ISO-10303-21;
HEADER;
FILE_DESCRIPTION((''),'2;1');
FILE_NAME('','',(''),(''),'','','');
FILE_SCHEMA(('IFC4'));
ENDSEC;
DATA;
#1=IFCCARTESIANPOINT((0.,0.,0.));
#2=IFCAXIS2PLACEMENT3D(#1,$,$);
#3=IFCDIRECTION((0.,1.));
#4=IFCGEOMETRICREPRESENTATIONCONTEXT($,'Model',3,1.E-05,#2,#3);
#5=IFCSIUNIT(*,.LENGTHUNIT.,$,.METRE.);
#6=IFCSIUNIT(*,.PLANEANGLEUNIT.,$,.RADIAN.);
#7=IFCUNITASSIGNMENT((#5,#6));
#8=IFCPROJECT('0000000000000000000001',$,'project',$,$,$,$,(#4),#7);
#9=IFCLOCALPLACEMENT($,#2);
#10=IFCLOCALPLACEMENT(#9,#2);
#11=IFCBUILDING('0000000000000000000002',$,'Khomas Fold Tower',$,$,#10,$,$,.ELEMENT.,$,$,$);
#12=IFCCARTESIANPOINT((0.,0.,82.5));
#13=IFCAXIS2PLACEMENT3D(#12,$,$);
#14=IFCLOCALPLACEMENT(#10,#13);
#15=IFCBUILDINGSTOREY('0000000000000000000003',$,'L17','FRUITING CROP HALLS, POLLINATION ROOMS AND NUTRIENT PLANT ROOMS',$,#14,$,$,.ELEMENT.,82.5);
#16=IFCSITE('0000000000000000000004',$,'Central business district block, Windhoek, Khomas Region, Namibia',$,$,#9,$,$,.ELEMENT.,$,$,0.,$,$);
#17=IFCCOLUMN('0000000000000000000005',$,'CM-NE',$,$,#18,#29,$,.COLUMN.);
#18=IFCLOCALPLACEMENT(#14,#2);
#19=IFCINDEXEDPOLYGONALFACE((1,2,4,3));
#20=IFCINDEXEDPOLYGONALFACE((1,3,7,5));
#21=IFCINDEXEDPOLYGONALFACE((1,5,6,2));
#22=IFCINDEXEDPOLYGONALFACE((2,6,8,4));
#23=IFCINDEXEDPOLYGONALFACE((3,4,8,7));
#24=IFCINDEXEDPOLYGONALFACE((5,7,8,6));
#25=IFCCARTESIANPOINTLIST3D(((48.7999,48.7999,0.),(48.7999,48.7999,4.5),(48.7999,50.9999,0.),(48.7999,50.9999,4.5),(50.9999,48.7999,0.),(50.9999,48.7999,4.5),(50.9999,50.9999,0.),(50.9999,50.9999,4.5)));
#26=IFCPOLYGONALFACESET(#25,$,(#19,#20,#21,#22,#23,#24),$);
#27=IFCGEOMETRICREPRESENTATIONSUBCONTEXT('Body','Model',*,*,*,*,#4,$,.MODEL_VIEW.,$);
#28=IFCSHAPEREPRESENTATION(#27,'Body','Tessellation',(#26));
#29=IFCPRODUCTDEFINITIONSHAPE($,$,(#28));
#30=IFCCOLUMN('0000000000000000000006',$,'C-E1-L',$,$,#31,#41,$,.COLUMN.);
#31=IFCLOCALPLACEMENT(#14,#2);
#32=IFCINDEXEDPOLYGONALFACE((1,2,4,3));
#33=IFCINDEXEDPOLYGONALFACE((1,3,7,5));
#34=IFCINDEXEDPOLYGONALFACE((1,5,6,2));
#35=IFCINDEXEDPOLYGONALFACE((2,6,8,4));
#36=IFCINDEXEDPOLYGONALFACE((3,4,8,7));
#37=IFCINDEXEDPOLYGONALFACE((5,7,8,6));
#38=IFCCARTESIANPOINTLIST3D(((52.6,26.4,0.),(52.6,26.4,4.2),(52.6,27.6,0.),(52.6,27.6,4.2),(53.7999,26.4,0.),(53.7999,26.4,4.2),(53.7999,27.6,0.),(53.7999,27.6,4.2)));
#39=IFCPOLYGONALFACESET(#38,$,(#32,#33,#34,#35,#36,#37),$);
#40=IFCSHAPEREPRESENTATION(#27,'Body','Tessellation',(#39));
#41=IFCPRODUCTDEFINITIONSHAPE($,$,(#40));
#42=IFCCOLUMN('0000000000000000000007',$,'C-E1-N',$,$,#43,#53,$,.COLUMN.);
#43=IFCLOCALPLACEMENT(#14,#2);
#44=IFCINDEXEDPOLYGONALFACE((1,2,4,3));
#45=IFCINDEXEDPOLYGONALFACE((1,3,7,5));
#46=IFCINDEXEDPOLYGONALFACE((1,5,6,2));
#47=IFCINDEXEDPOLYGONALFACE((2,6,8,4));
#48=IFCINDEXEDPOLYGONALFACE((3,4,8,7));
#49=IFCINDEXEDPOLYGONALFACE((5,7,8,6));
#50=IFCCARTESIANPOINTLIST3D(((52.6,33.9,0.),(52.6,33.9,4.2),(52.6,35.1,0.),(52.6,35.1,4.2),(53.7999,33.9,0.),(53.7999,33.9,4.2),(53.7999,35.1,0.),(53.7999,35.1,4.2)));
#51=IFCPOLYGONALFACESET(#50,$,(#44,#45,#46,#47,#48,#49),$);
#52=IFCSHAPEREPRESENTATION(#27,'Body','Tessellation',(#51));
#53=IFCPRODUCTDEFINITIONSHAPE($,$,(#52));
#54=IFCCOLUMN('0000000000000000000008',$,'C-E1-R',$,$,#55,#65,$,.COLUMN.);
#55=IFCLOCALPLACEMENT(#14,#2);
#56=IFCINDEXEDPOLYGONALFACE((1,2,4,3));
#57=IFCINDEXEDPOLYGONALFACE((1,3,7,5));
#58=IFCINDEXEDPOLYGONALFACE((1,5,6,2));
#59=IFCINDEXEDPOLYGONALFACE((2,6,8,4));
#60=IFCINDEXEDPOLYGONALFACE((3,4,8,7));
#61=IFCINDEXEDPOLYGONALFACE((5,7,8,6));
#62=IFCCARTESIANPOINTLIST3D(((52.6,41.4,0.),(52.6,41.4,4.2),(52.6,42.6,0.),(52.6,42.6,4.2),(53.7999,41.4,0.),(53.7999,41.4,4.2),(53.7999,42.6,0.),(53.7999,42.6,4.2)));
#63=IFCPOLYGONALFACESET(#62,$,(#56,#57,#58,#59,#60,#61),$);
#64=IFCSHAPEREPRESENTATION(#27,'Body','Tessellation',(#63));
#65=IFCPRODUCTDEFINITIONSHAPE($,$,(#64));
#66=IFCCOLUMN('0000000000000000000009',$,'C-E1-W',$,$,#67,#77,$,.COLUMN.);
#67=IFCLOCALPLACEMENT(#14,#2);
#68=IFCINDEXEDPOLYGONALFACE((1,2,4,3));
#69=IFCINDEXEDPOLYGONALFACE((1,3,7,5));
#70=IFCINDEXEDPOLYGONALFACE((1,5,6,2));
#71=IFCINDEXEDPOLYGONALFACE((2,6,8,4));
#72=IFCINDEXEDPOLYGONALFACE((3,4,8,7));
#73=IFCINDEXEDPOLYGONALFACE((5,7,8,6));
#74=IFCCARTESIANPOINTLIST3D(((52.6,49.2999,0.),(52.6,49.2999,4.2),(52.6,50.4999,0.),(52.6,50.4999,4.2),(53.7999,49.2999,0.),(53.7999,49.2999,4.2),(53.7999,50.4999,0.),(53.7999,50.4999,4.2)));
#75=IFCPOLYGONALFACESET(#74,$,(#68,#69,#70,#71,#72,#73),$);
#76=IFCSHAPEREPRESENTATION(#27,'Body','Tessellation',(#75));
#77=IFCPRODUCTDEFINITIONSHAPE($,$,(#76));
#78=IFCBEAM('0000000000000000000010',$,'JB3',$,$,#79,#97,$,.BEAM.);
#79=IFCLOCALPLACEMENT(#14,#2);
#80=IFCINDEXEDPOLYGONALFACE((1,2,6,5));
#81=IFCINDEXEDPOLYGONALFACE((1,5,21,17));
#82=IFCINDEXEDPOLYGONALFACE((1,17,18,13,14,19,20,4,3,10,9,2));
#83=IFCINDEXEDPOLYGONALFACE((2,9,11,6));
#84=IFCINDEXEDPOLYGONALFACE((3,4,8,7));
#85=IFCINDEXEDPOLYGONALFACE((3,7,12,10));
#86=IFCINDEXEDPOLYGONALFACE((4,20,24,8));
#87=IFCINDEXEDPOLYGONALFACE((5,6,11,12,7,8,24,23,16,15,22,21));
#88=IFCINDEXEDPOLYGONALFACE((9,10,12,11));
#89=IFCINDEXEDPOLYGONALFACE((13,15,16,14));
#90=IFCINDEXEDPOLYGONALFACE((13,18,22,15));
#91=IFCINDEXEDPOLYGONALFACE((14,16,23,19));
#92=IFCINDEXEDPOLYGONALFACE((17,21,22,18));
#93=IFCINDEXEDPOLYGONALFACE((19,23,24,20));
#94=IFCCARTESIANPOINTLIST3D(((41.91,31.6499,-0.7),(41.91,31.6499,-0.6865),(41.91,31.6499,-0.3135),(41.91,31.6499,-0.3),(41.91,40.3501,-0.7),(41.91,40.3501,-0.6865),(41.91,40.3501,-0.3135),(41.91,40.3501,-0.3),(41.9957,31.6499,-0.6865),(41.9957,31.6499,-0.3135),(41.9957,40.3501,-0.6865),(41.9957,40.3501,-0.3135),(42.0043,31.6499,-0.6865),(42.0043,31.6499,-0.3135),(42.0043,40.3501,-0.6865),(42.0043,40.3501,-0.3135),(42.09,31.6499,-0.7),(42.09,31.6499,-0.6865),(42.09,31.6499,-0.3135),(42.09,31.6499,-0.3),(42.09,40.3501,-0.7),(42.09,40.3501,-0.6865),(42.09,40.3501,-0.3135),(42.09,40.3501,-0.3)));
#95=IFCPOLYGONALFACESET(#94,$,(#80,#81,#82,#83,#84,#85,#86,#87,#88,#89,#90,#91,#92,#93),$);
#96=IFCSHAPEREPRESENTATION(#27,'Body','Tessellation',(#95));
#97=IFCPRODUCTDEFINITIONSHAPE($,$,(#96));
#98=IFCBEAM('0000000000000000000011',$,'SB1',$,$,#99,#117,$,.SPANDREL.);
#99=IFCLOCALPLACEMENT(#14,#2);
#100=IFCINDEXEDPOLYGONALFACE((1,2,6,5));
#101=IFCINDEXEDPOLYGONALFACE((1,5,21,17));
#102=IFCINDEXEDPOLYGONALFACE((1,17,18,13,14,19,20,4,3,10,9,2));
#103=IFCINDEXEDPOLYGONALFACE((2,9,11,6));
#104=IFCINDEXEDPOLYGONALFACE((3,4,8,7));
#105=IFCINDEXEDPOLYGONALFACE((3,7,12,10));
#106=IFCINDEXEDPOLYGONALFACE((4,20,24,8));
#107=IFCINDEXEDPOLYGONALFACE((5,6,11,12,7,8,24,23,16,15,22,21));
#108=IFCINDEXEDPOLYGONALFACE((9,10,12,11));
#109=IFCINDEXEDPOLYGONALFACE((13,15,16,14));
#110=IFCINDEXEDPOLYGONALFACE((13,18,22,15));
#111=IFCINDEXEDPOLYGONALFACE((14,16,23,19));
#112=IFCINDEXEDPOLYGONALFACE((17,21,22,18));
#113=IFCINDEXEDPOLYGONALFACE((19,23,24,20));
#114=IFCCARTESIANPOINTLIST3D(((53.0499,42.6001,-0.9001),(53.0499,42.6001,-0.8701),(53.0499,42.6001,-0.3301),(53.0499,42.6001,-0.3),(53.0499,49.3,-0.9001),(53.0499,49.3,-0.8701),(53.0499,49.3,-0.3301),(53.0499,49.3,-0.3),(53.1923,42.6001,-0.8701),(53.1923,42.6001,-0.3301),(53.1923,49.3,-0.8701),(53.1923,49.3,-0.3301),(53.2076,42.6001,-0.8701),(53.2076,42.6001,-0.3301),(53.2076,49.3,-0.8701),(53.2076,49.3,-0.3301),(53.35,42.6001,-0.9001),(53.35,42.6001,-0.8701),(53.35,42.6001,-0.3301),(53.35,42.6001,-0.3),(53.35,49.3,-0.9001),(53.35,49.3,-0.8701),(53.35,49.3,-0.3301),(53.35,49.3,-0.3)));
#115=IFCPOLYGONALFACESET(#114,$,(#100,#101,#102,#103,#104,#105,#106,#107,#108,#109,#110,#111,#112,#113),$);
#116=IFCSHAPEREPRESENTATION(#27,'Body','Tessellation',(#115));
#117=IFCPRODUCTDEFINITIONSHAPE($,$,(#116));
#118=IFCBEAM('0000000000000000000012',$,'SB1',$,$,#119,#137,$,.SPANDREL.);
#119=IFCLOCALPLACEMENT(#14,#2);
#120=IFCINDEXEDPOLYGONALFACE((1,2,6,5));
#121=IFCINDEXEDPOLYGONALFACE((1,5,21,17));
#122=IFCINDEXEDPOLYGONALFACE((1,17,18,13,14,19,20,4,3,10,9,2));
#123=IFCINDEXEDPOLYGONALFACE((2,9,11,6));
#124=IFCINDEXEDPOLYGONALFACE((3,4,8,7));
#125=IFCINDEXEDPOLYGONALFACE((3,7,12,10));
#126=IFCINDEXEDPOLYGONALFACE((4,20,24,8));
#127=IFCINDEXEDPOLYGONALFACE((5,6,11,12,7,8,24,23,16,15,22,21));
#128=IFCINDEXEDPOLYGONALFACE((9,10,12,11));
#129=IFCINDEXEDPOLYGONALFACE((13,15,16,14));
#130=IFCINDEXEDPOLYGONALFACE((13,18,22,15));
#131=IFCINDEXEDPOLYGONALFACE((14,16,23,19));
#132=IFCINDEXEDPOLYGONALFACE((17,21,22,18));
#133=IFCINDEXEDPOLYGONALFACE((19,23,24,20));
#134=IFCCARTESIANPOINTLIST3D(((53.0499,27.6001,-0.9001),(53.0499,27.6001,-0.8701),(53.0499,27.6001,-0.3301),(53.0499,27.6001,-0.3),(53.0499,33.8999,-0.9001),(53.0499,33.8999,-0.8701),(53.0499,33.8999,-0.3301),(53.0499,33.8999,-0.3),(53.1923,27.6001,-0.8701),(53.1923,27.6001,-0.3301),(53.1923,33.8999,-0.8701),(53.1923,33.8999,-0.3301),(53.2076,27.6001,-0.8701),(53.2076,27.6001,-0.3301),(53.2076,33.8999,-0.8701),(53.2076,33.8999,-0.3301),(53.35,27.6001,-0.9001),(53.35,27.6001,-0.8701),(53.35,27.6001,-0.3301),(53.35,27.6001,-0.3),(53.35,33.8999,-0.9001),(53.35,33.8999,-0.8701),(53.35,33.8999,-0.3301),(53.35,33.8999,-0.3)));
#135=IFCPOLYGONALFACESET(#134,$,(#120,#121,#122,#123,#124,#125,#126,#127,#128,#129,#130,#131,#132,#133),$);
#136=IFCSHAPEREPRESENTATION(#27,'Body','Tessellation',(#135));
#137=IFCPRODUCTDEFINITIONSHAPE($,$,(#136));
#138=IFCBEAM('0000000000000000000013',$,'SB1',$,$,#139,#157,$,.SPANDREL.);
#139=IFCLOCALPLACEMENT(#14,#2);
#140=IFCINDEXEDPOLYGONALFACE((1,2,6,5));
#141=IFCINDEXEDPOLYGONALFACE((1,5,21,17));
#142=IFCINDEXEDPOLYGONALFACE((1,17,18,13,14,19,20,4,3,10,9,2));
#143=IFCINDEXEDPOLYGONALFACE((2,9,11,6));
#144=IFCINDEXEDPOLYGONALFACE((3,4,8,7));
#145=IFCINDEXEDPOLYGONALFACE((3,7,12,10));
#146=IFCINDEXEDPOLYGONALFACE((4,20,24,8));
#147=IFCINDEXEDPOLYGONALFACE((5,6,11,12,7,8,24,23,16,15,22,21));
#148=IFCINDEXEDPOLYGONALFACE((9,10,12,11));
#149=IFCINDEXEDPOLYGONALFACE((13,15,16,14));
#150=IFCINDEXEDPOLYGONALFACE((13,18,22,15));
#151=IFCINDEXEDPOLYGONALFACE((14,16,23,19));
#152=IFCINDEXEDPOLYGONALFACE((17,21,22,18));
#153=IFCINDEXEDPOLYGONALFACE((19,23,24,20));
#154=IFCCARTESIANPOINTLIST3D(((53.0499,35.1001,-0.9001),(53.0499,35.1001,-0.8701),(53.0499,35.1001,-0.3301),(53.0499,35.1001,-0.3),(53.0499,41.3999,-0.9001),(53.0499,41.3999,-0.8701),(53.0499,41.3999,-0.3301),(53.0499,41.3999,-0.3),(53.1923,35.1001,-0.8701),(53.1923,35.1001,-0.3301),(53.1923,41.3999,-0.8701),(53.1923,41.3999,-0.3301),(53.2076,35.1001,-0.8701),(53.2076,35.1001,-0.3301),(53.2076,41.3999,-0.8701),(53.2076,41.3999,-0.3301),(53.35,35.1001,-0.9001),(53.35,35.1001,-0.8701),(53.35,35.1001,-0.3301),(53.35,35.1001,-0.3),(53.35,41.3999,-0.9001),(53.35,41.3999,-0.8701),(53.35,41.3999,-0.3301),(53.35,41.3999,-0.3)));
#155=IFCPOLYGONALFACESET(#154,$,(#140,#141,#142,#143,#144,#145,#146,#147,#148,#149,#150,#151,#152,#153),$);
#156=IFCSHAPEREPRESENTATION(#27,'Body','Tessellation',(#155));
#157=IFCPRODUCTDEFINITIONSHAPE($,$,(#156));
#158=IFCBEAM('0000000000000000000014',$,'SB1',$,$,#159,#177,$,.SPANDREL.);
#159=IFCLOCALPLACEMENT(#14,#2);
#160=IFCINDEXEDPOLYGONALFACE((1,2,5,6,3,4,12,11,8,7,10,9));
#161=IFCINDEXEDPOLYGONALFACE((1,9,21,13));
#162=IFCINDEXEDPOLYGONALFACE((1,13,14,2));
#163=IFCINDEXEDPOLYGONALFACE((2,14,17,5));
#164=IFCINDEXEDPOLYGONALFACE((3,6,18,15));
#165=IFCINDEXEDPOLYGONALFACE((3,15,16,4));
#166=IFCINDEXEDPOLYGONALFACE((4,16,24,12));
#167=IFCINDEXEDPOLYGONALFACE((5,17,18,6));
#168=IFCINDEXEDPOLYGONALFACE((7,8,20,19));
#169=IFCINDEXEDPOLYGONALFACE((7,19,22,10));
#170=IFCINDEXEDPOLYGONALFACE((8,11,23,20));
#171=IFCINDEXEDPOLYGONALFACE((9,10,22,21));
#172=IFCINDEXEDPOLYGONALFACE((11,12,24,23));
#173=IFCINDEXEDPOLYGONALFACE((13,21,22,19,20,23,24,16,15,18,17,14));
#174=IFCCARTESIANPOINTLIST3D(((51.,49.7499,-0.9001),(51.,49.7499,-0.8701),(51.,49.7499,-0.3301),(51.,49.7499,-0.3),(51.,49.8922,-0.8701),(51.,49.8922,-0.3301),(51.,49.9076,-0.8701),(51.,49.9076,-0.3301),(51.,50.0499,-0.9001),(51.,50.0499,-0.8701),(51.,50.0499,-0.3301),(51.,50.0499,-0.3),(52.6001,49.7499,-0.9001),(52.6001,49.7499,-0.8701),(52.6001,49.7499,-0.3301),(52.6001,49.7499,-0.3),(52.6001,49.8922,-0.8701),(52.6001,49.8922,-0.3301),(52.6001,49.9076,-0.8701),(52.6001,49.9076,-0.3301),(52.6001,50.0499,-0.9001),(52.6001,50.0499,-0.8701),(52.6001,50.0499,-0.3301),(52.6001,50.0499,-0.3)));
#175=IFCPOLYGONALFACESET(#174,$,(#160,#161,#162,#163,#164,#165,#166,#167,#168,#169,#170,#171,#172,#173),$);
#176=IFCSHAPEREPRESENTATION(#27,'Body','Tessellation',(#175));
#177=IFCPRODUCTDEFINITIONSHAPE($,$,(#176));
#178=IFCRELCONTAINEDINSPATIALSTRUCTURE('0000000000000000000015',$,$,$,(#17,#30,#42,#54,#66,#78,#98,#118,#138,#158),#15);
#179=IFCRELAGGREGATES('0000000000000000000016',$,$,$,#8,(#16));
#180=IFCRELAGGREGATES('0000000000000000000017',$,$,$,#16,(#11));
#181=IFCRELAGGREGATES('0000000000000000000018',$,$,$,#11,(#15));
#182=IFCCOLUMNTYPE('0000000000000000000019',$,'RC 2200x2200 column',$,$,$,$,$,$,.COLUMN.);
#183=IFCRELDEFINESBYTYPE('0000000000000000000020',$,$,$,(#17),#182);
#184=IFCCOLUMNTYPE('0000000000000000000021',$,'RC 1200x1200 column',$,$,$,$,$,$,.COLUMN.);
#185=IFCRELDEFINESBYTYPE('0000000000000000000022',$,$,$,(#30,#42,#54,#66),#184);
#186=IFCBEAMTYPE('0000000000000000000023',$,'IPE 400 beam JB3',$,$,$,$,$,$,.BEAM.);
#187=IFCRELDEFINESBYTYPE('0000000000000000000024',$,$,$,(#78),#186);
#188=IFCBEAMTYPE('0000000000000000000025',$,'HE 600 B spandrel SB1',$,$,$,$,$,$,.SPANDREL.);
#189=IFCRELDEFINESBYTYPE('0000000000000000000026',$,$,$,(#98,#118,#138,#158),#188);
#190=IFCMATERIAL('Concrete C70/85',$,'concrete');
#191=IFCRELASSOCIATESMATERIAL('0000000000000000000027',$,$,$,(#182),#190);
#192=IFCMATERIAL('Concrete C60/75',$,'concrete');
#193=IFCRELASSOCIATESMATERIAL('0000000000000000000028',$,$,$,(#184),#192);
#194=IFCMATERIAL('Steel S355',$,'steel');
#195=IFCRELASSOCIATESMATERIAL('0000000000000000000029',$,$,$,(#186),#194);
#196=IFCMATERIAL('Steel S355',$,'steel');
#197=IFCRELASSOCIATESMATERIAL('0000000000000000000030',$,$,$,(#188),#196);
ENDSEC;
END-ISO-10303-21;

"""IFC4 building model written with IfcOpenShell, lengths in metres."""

from ifc_helpers import new_model, si_unit, direction, frame, origin, origin_2d, place, context, subcontext, project, spatial, rectangle, i_section, extrude, source, transform, mapped, material, material_profile, profile_set, type_object, element, save


model = new_model("IFC4")

# Units and contexts
model_context = context("Model", 3, precision=1e-05, world=origin(), true_north=direction((0.0, 1.0)))
body_context = subcontext(model_context, "Body", "Model", "MODEL_VIEW")
ifc_project = project(units=[si_unit("LENGTHUNIT", "METRE"), si_unit("PLANEANGLEUNIT", "RADIAN")], contexts=[model_context])

# Site, building, storey
site_placement = place(None, origin())
site = spatial("IfcSite", under=ifc_project, at=site_placement, Name="Central business district block, Windhoek, Khomas Region, Namibia", CompositionType="ELEMENT", RefElevation=0.0)
building_placement = place(site_placement, origin())
building = spatial("IfcBuilding", under=site, at=building_placement, Name="Khomas Fold Tower", CompositionType="ELEMENT")
storey_placement = place(building_placement, frame((0.0, 0.0, 82.5)))
storey = spatial("IfcBuildingStorey", under=building, at=storey_placement, Name="L17", Description="FRUITING CROP HALLS, POLLINATION ROOMS AND NUTRIENT PLANT ROOMS", CompositionType="ELEMENT", Elevation=82.5)

# Columns
ifc_material_1 = material(Name="Concrete C70/85", Category="concrete")
ifc_material_profile_1 = material_profile(ifc_material_1, rectangle(XDim=2.2, YDim=2.2, at=origin_2d()), Name="RC 2200x2200")
ifc_profile_set_1 = profile_set([ifc_material_profile_1], Name="Concrete C70/85")
column_type_1 = type_object("IfcColumnType", Name="RC 2200x2200 column", PredefinedType="COLUMN", material=ifc_profile_set_1)
shared_shape_1 = source(origin(), body_context, "Body", "SweptSolid", [
    extrude(rectangle(XDim=2.2, YDim=2.2, at=origin_2d()), origin(), (0.0, 0.0, 1.0), 4.5),
])
column_placement = place(storey_placement, frame((49.8999, 49.8999, 0.0), z_axis=(0.0, 0.0, 1.0), x_axis=(1.0, 0.0, 0.0)))
element("IfcColumn", 1, at=column_placement, inside=storey, type_object=column_type_1, Name="CM-NE", PredefinedType="COLUMN", context=body_context, shape_type="MappedRepresentation", body=[
    mapped(shared_shape_1, transform((0.0, 0.0, 0.0))),
])
ifc_material_2 = material(Name="Concrete C60/75", Category="concrete")
ifc_material_profile_2 = material_profile(ifc_material_2, rectangle(XDim=1.2, YDim=1.2, at=origin_2d()), Name="RC 1200x1200")
ifc_profile_set_2 = profile_set([ifc_material_profile_2], Name="Concrete C60/75")
column_type_2 = type_object("IfcColumnType", Name="RC 1200x1200 column", PredefinedType="COLUMN", material=ifc_profile_set_2)
shared_shape_2 = source(origin(), body_context, "Body", "SweptSolid", [
    extrude(rectangle(XDim=1.2, YDim=1.2, at=origin_2d()), origin(), (0.0, 0.0, 1.0), 4.2),
])
for number, where, z_axis, x_axis, name in (
    (2, (53.2, 27.0, 0.0), (0.0, 0.0, 1.0), (1.0, 0.0, 0.0), "C-E1-L"),
    (3, (53.2, 34.5, 0.0), (0.0, 0.0, 1.0), (1.0, 0.0, 0.0), "C-E1-N"),
    (4, (53.2, 42.0, 0.0), (0.0, 0.0, 1.0), (1.0, 0.0, 0.0), "C-E1-R"),
    (5, (53.2, 49.8999, 0.0), (0.0, 0.0, 1.0), (1.0, 0.0, 0.0), "C-E1-W"),
):
    element("IfcColumn", number, at=place(storey_placement, frame(where, z_axis=z_axis, x_axis=x_axis)), inside=storey, type_object=column_type_2, Name=name, PredefinedType="COLUMN", context=body_context, shape_type="MappedRepresentation", body=[
        mapped(shared_shape_2, transform((0.0, 0.0, 0.0))),
    ])

# Beams
ifc_material_3 = material(Name="Steel S355", Category="steel")
ifc_material_profile_3 = material_profile(ifc_material_3, i_section(OverallWidth=0.1799, OverallDepth=0.3999, WebThickness=0.0085, FlangeThickness=0.0134, at=origin_2d()), Name="IPE 400")
ifc_profile_set_3 = profile_set([ifc_material_profile_3], Name="Steel S355")
beam_type_1 = type_object("IfcBeamType", Name="IPE 400 beam JB3", PredefinedType="BEAM", material=ifc_profile_set_3)
shared_shape_3 = source(origin(), body_context, "Body", "SweptSolid", [
    extrude(i_section(OverallWidth=0.1799, OverallDepth=0.3999, WebThickness=0.0085, FlangeThickness=0.0134, at=origin_2d()), origin(), (0.0, 0.0, 1.0), 8.7002),
])
beam_1_placement = place(storey_placement, frame((42.0, 31.6499, -0.5), z_axis=(0.0, 1.0, 0.0), x_axis=(-1.0, 0.0, 0.0)))
element("IfcBeam", 6, at=beam_1_placement, inside=storey, type_object=beam_type_1, Name="JB3", PredefinedType="BEAM", context=body_context, shape_type="MappedRepresentation", body=[
    mapped(shared_shape_3, transform((0.0, 0.0, 0.0))),
])
ifc_material_4 = material(Name="Steel S355", Category="steel")
ifc_material_profile_4 = material_profile(ifc_material_4, i_section(OverallWidth=0.3, OverallDepth=0.6001, WebThickness=0.0154, FlangeThickness=0.03, at=origin_2d()), Name="HE 600 B")
ifc_profile_set_4 = profile_set([ifc_material_profile_4], Name="Steel S355")
beam_type_2 = type_object("IfcBeamType", Name="HE 600 B spandrel SB1", PredefinedType="SPANDREL", material=ifc_profile_set_4)
shared_shape_4 = source(origin(), body_context, "Body", "SweptSolid", [
    extrude(i_section(OverallWidth=0.3, OverallDepth=0.6001, WebThickness=0.0154, FlangeThickness=0.03, at=origin_2d()), origin(), (0.0, 0.0, 1.0), 6.7),
])
beam_2_placement = place(storey_placement, frame((53.2, 42.6001, -0.6001), z_axis=(0.0, 1.0, 0.0), x_axis=(-1.0, 0.0, 0.0)))
element("IfcBeam", 7, at=beam_2_placement, inside=storey, type_object=beam_type_2, Name="SB1", PredefinedType="SPANDREL", context=body_context, shape_type="MappedRepresentation", body=[
    mapped(shared_shape_4, transform((0.0, 0.0, 0.0))),
])
shared_shape_5 = source(origin(), body_context, "Body", "SweptSolid", [
    extrude(i_section(OverallWidth=0.3, OverallDepth=0.6001, WebThickness=0.0154, FlangeThickness=0.03, at=origin_2d()), origin(), (0.0, 0.0, 1.0), 6.2998),
])
for number, where, z_axis, x_axis, name in (
    (8, (53.2, 27.6001, -0.6001), (0.0, 1.0, 0.0), (-1.0, 0.0, 0.0), "SB1"),
    (9, (53.2, 35.1001, -0.6001), (0.0, 1.0, 0.0), (-1.0, 0.0, 0.0), "SB1"),
):
    element("IfcBeam", number, at=place(storey_placement, frame(where, z_axis=z_axis, x_axis=x_axis)), inside=storey, type_object=beam_type_2, Name=name, PredefinedType="SPANDREL", context=body_context, shape_type="MappedRepresentation", body=[
        mapped(shared_shape_5, transform((0.0, 0.0, 0.0))),
    ])
shared_shape_6 = source(origin(), body_context, "Body", "SweptSolid", [
    extrude(i_section(OverallWidth=0.3, OverallDepth=0.6001, WebThickness=0.0154, FlangeThickness=0.03, at=origin_2d()), origin(), (0.0, 0.0, 1.0), 1.6001),
])
beam_3_placement = place(storey_placement, frame((51.0, 49.8999, -0.6001), z_axis=(1.0, 0.0, 0.0), x_axis=(0.0, 1.0, 0.0)))
element("IfcBeam", 10, at=beam_3_placement, inside=storey, type_object=beam_type_2, Name="SB1", PredefinedType="SPANDREL", context=body_context, shape_type="MappedRepresentation", body=[
    mapped(shared_shape_6, transform((0.0, 0.0, 0.0))),
])

save(model, "model.ifc")
